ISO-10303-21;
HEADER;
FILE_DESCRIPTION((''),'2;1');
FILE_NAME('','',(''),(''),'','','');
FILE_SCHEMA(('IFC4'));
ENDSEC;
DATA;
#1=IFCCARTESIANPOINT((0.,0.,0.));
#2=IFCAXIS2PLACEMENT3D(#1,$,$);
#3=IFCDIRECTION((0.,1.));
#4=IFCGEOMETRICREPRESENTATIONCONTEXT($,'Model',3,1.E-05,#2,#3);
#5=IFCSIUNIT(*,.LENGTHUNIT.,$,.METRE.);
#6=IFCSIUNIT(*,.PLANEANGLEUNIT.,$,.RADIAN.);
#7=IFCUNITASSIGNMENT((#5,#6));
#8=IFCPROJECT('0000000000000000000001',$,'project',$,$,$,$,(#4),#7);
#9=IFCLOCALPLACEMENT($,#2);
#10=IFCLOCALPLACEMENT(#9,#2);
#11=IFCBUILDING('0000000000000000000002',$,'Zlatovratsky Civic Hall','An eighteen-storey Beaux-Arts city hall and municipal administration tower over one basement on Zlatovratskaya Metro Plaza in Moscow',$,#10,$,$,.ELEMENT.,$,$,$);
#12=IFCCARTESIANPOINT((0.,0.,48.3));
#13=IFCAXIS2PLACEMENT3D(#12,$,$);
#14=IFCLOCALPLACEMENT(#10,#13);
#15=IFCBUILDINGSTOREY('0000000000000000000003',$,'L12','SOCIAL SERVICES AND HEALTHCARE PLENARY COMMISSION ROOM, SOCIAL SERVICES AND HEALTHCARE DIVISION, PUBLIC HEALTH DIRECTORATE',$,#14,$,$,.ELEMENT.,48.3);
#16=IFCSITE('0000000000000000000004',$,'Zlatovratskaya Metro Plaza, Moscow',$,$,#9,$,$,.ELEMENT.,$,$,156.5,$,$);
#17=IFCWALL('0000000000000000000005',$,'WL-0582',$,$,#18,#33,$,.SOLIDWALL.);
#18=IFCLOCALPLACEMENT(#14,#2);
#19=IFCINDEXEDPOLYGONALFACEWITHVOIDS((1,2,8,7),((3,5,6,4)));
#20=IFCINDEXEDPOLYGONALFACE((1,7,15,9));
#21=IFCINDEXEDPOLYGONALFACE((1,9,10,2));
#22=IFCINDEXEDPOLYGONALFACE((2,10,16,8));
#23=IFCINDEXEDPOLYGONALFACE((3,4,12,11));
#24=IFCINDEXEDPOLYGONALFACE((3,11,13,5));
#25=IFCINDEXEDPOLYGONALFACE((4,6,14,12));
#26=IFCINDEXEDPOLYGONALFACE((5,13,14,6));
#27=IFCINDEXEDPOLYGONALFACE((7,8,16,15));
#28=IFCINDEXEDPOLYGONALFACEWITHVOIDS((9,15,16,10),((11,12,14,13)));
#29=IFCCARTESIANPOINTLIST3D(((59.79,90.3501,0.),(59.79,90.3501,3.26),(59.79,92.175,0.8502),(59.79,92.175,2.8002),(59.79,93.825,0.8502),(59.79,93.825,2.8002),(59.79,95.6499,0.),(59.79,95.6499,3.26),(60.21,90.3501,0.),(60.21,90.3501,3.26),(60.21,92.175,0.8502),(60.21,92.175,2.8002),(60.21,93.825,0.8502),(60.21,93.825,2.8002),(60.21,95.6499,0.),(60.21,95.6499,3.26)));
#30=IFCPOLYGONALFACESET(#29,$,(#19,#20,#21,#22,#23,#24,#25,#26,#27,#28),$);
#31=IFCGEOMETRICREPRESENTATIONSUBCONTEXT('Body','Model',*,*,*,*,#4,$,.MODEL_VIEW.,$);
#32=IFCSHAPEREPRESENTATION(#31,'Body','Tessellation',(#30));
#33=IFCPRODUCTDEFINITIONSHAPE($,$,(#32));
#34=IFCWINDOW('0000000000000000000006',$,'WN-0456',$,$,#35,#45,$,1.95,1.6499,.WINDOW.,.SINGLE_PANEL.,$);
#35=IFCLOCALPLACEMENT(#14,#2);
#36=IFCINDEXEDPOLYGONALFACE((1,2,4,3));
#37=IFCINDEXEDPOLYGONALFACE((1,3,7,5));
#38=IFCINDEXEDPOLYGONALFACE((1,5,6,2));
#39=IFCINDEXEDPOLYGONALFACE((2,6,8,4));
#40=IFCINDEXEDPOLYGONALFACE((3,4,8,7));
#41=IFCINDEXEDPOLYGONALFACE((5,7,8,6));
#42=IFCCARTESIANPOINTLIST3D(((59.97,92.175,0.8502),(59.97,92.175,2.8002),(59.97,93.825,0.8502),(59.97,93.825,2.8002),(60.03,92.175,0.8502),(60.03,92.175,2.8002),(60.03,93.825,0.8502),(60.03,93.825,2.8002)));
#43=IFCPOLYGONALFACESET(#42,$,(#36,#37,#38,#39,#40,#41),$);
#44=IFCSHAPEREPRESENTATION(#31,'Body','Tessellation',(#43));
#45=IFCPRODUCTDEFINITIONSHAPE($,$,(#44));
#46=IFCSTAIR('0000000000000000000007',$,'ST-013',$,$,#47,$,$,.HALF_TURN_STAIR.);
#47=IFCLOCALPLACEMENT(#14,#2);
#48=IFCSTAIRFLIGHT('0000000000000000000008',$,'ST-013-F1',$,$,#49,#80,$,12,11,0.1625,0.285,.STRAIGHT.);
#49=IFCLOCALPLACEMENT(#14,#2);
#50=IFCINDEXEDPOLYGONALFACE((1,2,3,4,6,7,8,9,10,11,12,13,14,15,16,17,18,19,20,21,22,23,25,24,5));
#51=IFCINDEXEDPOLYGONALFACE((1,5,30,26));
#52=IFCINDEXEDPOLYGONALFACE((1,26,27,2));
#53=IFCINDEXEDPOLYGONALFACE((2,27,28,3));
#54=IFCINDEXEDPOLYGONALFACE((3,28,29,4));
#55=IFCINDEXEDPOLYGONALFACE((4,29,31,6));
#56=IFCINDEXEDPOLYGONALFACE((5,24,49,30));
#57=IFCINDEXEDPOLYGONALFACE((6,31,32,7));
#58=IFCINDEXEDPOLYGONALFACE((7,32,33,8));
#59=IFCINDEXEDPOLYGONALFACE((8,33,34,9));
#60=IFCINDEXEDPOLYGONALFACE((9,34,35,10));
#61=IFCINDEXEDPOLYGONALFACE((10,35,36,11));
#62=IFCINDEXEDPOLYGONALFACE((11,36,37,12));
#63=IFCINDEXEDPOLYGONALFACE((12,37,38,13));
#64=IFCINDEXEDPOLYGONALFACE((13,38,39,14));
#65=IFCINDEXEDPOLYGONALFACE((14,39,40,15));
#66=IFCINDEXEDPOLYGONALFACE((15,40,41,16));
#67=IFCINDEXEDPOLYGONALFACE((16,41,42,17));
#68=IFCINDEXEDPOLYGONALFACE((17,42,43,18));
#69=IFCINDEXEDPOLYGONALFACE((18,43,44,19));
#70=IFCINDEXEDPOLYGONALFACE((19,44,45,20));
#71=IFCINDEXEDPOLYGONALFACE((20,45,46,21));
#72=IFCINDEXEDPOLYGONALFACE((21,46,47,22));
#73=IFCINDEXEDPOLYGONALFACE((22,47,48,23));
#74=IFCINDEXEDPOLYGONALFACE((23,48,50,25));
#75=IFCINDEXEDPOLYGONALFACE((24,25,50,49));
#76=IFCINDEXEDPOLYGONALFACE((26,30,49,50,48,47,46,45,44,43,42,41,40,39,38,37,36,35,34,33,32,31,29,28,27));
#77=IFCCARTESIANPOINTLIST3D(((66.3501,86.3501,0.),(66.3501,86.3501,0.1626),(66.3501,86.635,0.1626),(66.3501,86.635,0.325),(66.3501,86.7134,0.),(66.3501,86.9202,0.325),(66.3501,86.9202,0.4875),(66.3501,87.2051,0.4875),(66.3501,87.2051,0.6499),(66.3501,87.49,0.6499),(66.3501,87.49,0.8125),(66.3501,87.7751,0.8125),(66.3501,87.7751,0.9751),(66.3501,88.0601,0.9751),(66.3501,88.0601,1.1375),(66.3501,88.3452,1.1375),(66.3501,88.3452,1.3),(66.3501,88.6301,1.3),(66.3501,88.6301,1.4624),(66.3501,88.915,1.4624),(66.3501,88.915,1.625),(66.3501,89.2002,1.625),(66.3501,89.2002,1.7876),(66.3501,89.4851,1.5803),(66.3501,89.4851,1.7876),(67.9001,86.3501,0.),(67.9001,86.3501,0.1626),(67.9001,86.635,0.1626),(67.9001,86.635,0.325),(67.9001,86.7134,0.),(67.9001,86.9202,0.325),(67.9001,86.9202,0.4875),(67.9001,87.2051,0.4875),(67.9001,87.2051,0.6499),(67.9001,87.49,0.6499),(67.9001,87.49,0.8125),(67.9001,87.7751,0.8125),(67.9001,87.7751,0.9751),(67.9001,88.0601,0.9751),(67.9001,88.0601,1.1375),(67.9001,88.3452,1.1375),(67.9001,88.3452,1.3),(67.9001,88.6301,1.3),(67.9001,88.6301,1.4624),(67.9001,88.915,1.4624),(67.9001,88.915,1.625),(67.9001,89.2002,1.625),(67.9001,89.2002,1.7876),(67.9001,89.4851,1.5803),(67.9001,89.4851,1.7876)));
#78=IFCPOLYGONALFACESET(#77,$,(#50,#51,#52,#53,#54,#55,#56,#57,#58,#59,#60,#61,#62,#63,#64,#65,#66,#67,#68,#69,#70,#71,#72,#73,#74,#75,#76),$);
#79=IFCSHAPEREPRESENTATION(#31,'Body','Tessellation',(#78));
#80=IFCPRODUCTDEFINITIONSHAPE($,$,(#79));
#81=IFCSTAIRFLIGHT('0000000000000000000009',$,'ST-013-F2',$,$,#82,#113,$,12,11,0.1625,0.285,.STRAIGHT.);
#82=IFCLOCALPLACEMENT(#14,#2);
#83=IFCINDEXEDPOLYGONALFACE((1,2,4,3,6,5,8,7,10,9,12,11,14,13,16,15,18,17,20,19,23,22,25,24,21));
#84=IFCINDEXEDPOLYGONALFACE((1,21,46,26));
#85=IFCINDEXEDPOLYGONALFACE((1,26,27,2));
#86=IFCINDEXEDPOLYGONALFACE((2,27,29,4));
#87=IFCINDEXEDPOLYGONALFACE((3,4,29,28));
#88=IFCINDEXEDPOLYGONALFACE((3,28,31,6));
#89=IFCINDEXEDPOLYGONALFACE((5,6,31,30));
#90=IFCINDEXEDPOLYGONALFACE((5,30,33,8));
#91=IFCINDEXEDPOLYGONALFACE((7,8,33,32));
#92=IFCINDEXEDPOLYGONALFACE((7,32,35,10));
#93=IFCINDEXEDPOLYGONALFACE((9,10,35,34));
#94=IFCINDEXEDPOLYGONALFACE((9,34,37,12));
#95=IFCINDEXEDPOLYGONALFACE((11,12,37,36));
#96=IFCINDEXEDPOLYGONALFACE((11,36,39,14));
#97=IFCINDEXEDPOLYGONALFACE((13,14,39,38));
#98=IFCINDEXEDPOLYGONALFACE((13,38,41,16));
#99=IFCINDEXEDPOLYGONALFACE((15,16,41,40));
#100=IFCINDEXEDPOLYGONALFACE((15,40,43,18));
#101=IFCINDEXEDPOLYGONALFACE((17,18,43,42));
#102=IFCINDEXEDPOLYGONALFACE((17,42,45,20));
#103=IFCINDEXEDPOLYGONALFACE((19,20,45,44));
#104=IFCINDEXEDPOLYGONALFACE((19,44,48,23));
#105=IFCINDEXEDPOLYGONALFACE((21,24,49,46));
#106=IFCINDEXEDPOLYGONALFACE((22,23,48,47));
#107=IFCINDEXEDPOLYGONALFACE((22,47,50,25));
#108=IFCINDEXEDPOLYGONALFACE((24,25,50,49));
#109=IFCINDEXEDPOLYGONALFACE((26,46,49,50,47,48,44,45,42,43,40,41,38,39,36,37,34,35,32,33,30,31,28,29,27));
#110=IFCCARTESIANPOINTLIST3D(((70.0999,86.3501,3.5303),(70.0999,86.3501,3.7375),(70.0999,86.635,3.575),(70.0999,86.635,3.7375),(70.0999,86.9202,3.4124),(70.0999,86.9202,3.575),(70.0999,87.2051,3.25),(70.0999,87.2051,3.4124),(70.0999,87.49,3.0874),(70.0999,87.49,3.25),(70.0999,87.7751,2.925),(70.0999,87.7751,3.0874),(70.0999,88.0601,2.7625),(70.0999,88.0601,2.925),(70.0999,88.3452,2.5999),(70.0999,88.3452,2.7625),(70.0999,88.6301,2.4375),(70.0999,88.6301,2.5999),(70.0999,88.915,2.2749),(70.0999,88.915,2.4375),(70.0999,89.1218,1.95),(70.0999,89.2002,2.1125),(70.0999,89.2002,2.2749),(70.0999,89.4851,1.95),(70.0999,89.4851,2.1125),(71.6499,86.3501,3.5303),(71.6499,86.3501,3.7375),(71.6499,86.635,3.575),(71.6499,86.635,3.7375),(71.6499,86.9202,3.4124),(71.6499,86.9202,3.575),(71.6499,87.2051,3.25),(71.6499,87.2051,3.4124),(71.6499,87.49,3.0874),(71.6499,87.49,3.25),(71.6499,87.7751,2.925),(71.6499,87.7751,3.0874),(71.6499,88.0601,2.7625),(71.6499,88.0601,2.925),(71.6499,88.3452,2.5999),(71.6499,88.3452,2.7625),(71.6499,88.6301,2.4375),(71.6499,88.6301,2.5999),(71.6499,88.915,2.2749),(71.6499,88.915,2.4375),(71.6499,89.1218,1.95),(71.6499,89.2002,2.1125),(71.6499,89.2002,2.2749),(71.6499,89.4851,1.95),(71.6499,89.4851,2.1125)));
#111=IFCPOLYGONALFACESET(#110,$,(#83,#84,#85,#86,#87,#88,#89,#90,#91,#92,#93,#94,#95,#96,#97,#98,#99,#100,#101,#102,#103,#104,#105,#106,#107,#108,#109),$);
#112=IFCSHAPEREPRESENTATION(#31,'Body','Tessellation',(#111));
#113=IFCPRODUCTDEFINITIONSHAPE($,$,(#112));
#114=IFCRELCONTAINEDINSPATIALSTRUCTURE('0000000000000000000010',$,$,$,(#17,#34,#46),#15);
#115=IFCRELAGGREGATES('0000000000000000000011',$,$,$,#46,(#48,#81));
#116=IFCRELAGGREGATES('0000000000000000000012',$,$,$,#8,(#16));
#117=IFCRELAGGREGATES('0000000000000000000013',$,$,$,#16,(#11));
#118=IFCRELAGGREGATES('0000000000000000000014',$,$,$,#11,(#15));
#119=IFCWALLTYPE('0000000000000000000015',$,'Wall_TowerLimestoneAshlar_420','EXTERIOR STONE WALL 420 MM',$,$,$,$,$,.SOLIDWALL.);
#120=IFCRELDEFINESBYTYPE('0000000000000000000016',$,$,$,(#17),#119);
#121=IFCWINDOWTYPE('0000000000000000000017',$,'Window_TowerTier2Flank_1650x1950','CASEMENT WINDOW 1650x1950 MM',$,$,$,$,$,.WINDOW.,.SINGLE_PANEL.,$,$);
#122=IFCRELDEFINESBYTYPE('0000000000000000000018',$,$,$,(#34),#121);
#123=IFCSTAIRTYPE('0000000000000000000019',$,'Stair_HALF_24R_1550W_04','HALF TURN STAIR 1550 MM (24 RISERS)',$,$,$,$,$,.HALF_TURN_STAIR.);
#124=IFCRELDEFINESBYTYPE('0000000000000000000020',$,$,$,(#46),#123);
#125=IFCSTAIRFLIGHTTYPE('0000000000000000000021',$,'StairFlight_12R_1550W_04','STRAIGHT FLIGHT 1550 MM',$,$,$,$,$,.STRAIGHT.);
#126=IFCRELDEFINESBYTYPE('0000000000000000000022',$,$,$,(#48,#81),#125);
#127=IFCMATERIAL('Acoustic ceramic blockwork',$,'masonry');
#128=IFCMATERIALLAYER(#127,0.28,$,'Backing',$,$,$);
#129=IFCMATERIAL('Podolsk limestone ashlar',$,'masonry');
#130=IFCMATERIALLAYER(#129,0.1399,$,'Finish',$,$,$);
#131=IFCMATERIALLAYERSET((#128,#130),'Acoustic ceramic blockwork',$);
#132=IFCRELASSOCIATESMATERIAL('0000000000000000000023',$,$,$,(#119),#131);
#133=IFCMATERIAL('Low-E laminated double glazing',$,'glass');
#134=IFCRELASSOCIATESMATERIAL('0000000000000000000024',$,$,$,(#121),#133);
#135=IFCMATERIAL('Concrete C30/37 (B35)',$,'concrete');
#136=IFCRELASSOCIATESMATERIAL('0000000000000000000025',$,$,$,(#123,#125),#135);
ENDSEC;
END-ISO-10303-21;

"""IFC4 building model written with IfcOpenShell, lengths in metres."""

from ifc_helpers import new_model, si_unit, direction, frame, frame_2d, origin, place, context, subcontext, project, spatial, polyline, rectangle, outline, extrude, material, layer, layer_set, type_object, element, fill, aggregate, save


model = new_model("IFC4")

# Units and contexts
model_context = context("Model", 3, precision=1e-05, world=origin(), true_north=direction((0.0, 1.0)))
body_context = subcontext(model_context, "Body", "Model", "MODEL_VIEW")
ifc_project = project(units=[si_unit("LENGTHUNIT", "METRE"), si_unit("PLANEANGLEUNIT", "RADIAN")], contexts=[model_context])

# Site, building, storey
site_placement = place(None, origin())
site = spatial("IfcSite", under=ifc_project, at=site_placement, Name="Zlatovratskaya Metro Plaza, Moscow", CompositionType="ELEMENT", RefElevation=156.5)
building_placement = place(site_placement, origin())
building = spatial("IfcBuilding", under=site, at=building_placement, Name="Zlatovratsky Civic Hall", Description="An eighteen-storey Beaux-Arts city hall and municipal administration tower over one basement on Zlatovratskaya Metro Plaza in Moscow", CompositionType="ELEMENT")
storey_placement = place(building_placement, frame((0.0, 0.0, 48.3)))
storey = spatial("IfcBuildingStorey", under=building, at=storey_placement, Name="L12", Description="SOCIAL SERVICES AND HEALTHCARE PLENARY COMMISSION ROOM, SOCIAL SERVICES AND HEALTHCARE DIVISION, PUBLIC HEALTH DIRECTORATE", CompositionType="ELEMENT", Elevation=48.3)

# Shared definitions
ifc_material_1 = material(Name="Acoustic ceramic blockwork", Category="masonry")

# Wall, opening, window
ifc_layer_1 = layer(ifc_material_1, 0.28, Name="Backing")
ifc_material_2 = material(Name="Podolsk limestone ashlar", Category="masonry")
ifc_layer_2 = layer(ifc_material_2, 0.1399, Name="Finish")
ifc_layer_set_1 = layer_set([ifc_layer_1, ifc_layer_2], Name="Acoustic ceramic blockwork")
wall_type_1 = type_object("IfcWallType", Name="Wall_TowerLimestoneAshlar_420", Description="EXTERIOR STONE WALL 420 MM", PredefinedType="SOLIDWALL", material=ifc_layer_set_1)
wall_1_placement = place(storey_placement, frame((60.0, 90.3501, 0.0), z_axis=(0.0, 0.0, 1.0), x_axis=(0.0, 1.0, 0.0)))
wall_1 = element("IfcWall", 1, at=wall_1_placement, inside=storey, type_object=wall_type_1, Name="WL-0582", PredefinedType="SOLIDWALL", context=body_context, shape_type="SweptSolid", body=[
    extrude(rectangle(XDim=5.2998, YDim=0.4199, at=frame_2d((2.6499, 0.0))), origin(), (0.0, 0.0, 1.0), 3.26),
])
opening_placement = place(wall_1_placement, frame((1.825, 0.0, 0.8501)))
opening = element("IfcOpeningElement", 2, at=opening_placement, cuts=wall_1, PredefinedType="OPENING", context=body_context, shape_type="SweptSolid", body=[
    extrude(rectangle(XDim=1.6499, YDim=1.95, at=frame_2d((0.825, 0.9751))), frame((0.0, 0.2249, 0.0), z_axis=(0.0, -1.0, 0.0), x_axis=(1.0, 0.0, 0.0)), (0.0, 0.0, 1.0), 0.4497),
])
ifc_material_3 = material(Name="Low-E laminated double glazing", Category="glass")
window_type = type_object("IfcWindowType", Name="Window_TowerTier2Flank_1650x1950", Description="CASEMENT WINDOW 1650x1950 MM", PartitioningType="SINGLE_PANEL", PredefinedType="WINDOW", material=ifc_material_3)
window_placement = place(opening_placement, origin())
window = element("IfcWindow", 3, at=window_placement, inside=storey, type_object=window_type, Name="WN-0456", OverallHeight=1.95, OverallWidth=1.6499, PartitioningType="SINGLE_PANEL", PredefinedType="WINDOW", context=body_context, shape_type="SweptSolid", body=[
    extrude(rectangle(XDim=1.6499, YDim=1.95, at=frame_2d((0.825, 0.9751))), frame((0.0, 0.03, 0.0), z_axis=(0.0, -1.0, 0.0), x_axis=(1.0, 0.0, 0.0)), (0.0, 0.0, 1.0), 0.0601),
])
fill(opening, window)

# Stair, stair flights
ifc_material_4 = material(Name="Concrete C30/37 (B35)", Category="concrete")
stair_type = type_object("IfcStairType", Name="Stair_HALF_24R_1550W_04", Description="HALF TURN STAIR 1550 MM (24 RISERS)", PredefinedType="HALF_TURN_STAIR", material=ifc_material_4)
stair_placement = place(storey_placement, origin())
stair = element("IfcStair", 4, at=stair_placement, inside=storey, type_object=stair_type, Name="ST-013", PredefinedType="HALF_TURN_STAIR")
stair_flight_type = type_object("IfcStairFlightType", Name="StairFlight_12R_1550W_04", Description="STRAIGHT FLIGHT 1550 MM", PredefinedType="STRAIGHT", material=ifc_material_4)
stair_flight_1_placement = place(storey_placement, frame((67.125, 86.3501, 0.0), z_axis=(0.0, 0.0, 1.0), x_axis=(0.0, 1.0, 0.0)))
stair_flight_1 = element("IfcStairFlight", 5, at=stair_flight_1_placement, type_object=stair_flight_type, Name="ST-013-F1", NumberOfRisers=12, NumberOfTreads=11, PredefinedType="STRAIGHT", RiserHeight=0.1625, TreadLength=0.285, context=body_context, shape_type="SweptSolid", body=[
    extrude(outline(polyline([(0.0, 0.0), (0.0, 0.1626), (0.2849, 0.1626), (0.2849, 0.325), (0.5701, 0.325), (0.5701, 0.4875), (0.855, 0.4875), (0.855, 0.6499), (1.1399, 0.6499), (1.1399, 0.8125), (1.425, 0.8125), (1.425, 0.9751), (1.71, 0.9751), (1.71, 1.1375), (1.9951, 1.1375), (1.9951, 1.3), (2.28, 1.3), (2.28, 1.4624), (2.5649, 1.4624), (2.5649, 1.625), (2.8501, 1.625), (2.8501, 1.7876), (3.135, 1.7876), (3.135, 1.95), (3.135, 1.5803), (0.3633, 0.0), (0.0, 0.0)])), frame((0.0, 0.7749, 0.0), z_axis=(0.0, -1.0, 0.0), x_axis=(1.0, 0.0, 0.0)), (0.0, 0.0, 1.0), 1.55),
])
stair_flight_2_placement = place(storey_placement, frame((70.875, 89.4851, 1.95), z_axis=(0.0, 0.0, 1.0), x_axis=(0.0, -1.0, 0.0)))
stair_flight_2 = element("IfcStairFlight", 6, at=stair_flight_2_placement, type_object=stair_flight_type, Name="ST-013-F2", NumberOfRisers=12, NumberOfTreads=11, PredefinedType="STRAIGHT", RiserHeight=0.1625, TreadLength=0.285, context=body_context, shape_type="SweptSolid", body=[
    extrude(outline(polyline([(0.0, 0.0), (0.0, 0.1626), (0.2849, 0.1626), (0.2849, 0.325), (0.5701, 0.325), (0.5701, 0.4875), (0.855, 0.4875), (0.855, 0.6499), (1.1399, 0.6499), (1.1399, 0.8125), (1.425, 0.8125), (1.425, 0.9751), (1.71, 0.9751), (1.71, 1.1375), (1.9951, 1.1375), (1.9951, 1.3), (2.28, 1.3), (2.28, 1.4624), (2.5649, 1.4624), (2.5649, 1.625), (2.8501, 1.625), (2.8501, 1.7876), (3.135, 1.7876), (3.135, 1.95), (3.135, 1.5803), (0.3633, 0.0), (0.0, 0.0)])), frame((0.0, 0.7749, 0.0), z_axis=(0.0, -1.0, 0.0), x_axis=(1.0, 0.0, 0.0)), (0.0, 0.0, 1.0), 1.55),
])
aggregate(stair, [stair_flight_1, stair_flight_2])

save(model, "model.ifc")
